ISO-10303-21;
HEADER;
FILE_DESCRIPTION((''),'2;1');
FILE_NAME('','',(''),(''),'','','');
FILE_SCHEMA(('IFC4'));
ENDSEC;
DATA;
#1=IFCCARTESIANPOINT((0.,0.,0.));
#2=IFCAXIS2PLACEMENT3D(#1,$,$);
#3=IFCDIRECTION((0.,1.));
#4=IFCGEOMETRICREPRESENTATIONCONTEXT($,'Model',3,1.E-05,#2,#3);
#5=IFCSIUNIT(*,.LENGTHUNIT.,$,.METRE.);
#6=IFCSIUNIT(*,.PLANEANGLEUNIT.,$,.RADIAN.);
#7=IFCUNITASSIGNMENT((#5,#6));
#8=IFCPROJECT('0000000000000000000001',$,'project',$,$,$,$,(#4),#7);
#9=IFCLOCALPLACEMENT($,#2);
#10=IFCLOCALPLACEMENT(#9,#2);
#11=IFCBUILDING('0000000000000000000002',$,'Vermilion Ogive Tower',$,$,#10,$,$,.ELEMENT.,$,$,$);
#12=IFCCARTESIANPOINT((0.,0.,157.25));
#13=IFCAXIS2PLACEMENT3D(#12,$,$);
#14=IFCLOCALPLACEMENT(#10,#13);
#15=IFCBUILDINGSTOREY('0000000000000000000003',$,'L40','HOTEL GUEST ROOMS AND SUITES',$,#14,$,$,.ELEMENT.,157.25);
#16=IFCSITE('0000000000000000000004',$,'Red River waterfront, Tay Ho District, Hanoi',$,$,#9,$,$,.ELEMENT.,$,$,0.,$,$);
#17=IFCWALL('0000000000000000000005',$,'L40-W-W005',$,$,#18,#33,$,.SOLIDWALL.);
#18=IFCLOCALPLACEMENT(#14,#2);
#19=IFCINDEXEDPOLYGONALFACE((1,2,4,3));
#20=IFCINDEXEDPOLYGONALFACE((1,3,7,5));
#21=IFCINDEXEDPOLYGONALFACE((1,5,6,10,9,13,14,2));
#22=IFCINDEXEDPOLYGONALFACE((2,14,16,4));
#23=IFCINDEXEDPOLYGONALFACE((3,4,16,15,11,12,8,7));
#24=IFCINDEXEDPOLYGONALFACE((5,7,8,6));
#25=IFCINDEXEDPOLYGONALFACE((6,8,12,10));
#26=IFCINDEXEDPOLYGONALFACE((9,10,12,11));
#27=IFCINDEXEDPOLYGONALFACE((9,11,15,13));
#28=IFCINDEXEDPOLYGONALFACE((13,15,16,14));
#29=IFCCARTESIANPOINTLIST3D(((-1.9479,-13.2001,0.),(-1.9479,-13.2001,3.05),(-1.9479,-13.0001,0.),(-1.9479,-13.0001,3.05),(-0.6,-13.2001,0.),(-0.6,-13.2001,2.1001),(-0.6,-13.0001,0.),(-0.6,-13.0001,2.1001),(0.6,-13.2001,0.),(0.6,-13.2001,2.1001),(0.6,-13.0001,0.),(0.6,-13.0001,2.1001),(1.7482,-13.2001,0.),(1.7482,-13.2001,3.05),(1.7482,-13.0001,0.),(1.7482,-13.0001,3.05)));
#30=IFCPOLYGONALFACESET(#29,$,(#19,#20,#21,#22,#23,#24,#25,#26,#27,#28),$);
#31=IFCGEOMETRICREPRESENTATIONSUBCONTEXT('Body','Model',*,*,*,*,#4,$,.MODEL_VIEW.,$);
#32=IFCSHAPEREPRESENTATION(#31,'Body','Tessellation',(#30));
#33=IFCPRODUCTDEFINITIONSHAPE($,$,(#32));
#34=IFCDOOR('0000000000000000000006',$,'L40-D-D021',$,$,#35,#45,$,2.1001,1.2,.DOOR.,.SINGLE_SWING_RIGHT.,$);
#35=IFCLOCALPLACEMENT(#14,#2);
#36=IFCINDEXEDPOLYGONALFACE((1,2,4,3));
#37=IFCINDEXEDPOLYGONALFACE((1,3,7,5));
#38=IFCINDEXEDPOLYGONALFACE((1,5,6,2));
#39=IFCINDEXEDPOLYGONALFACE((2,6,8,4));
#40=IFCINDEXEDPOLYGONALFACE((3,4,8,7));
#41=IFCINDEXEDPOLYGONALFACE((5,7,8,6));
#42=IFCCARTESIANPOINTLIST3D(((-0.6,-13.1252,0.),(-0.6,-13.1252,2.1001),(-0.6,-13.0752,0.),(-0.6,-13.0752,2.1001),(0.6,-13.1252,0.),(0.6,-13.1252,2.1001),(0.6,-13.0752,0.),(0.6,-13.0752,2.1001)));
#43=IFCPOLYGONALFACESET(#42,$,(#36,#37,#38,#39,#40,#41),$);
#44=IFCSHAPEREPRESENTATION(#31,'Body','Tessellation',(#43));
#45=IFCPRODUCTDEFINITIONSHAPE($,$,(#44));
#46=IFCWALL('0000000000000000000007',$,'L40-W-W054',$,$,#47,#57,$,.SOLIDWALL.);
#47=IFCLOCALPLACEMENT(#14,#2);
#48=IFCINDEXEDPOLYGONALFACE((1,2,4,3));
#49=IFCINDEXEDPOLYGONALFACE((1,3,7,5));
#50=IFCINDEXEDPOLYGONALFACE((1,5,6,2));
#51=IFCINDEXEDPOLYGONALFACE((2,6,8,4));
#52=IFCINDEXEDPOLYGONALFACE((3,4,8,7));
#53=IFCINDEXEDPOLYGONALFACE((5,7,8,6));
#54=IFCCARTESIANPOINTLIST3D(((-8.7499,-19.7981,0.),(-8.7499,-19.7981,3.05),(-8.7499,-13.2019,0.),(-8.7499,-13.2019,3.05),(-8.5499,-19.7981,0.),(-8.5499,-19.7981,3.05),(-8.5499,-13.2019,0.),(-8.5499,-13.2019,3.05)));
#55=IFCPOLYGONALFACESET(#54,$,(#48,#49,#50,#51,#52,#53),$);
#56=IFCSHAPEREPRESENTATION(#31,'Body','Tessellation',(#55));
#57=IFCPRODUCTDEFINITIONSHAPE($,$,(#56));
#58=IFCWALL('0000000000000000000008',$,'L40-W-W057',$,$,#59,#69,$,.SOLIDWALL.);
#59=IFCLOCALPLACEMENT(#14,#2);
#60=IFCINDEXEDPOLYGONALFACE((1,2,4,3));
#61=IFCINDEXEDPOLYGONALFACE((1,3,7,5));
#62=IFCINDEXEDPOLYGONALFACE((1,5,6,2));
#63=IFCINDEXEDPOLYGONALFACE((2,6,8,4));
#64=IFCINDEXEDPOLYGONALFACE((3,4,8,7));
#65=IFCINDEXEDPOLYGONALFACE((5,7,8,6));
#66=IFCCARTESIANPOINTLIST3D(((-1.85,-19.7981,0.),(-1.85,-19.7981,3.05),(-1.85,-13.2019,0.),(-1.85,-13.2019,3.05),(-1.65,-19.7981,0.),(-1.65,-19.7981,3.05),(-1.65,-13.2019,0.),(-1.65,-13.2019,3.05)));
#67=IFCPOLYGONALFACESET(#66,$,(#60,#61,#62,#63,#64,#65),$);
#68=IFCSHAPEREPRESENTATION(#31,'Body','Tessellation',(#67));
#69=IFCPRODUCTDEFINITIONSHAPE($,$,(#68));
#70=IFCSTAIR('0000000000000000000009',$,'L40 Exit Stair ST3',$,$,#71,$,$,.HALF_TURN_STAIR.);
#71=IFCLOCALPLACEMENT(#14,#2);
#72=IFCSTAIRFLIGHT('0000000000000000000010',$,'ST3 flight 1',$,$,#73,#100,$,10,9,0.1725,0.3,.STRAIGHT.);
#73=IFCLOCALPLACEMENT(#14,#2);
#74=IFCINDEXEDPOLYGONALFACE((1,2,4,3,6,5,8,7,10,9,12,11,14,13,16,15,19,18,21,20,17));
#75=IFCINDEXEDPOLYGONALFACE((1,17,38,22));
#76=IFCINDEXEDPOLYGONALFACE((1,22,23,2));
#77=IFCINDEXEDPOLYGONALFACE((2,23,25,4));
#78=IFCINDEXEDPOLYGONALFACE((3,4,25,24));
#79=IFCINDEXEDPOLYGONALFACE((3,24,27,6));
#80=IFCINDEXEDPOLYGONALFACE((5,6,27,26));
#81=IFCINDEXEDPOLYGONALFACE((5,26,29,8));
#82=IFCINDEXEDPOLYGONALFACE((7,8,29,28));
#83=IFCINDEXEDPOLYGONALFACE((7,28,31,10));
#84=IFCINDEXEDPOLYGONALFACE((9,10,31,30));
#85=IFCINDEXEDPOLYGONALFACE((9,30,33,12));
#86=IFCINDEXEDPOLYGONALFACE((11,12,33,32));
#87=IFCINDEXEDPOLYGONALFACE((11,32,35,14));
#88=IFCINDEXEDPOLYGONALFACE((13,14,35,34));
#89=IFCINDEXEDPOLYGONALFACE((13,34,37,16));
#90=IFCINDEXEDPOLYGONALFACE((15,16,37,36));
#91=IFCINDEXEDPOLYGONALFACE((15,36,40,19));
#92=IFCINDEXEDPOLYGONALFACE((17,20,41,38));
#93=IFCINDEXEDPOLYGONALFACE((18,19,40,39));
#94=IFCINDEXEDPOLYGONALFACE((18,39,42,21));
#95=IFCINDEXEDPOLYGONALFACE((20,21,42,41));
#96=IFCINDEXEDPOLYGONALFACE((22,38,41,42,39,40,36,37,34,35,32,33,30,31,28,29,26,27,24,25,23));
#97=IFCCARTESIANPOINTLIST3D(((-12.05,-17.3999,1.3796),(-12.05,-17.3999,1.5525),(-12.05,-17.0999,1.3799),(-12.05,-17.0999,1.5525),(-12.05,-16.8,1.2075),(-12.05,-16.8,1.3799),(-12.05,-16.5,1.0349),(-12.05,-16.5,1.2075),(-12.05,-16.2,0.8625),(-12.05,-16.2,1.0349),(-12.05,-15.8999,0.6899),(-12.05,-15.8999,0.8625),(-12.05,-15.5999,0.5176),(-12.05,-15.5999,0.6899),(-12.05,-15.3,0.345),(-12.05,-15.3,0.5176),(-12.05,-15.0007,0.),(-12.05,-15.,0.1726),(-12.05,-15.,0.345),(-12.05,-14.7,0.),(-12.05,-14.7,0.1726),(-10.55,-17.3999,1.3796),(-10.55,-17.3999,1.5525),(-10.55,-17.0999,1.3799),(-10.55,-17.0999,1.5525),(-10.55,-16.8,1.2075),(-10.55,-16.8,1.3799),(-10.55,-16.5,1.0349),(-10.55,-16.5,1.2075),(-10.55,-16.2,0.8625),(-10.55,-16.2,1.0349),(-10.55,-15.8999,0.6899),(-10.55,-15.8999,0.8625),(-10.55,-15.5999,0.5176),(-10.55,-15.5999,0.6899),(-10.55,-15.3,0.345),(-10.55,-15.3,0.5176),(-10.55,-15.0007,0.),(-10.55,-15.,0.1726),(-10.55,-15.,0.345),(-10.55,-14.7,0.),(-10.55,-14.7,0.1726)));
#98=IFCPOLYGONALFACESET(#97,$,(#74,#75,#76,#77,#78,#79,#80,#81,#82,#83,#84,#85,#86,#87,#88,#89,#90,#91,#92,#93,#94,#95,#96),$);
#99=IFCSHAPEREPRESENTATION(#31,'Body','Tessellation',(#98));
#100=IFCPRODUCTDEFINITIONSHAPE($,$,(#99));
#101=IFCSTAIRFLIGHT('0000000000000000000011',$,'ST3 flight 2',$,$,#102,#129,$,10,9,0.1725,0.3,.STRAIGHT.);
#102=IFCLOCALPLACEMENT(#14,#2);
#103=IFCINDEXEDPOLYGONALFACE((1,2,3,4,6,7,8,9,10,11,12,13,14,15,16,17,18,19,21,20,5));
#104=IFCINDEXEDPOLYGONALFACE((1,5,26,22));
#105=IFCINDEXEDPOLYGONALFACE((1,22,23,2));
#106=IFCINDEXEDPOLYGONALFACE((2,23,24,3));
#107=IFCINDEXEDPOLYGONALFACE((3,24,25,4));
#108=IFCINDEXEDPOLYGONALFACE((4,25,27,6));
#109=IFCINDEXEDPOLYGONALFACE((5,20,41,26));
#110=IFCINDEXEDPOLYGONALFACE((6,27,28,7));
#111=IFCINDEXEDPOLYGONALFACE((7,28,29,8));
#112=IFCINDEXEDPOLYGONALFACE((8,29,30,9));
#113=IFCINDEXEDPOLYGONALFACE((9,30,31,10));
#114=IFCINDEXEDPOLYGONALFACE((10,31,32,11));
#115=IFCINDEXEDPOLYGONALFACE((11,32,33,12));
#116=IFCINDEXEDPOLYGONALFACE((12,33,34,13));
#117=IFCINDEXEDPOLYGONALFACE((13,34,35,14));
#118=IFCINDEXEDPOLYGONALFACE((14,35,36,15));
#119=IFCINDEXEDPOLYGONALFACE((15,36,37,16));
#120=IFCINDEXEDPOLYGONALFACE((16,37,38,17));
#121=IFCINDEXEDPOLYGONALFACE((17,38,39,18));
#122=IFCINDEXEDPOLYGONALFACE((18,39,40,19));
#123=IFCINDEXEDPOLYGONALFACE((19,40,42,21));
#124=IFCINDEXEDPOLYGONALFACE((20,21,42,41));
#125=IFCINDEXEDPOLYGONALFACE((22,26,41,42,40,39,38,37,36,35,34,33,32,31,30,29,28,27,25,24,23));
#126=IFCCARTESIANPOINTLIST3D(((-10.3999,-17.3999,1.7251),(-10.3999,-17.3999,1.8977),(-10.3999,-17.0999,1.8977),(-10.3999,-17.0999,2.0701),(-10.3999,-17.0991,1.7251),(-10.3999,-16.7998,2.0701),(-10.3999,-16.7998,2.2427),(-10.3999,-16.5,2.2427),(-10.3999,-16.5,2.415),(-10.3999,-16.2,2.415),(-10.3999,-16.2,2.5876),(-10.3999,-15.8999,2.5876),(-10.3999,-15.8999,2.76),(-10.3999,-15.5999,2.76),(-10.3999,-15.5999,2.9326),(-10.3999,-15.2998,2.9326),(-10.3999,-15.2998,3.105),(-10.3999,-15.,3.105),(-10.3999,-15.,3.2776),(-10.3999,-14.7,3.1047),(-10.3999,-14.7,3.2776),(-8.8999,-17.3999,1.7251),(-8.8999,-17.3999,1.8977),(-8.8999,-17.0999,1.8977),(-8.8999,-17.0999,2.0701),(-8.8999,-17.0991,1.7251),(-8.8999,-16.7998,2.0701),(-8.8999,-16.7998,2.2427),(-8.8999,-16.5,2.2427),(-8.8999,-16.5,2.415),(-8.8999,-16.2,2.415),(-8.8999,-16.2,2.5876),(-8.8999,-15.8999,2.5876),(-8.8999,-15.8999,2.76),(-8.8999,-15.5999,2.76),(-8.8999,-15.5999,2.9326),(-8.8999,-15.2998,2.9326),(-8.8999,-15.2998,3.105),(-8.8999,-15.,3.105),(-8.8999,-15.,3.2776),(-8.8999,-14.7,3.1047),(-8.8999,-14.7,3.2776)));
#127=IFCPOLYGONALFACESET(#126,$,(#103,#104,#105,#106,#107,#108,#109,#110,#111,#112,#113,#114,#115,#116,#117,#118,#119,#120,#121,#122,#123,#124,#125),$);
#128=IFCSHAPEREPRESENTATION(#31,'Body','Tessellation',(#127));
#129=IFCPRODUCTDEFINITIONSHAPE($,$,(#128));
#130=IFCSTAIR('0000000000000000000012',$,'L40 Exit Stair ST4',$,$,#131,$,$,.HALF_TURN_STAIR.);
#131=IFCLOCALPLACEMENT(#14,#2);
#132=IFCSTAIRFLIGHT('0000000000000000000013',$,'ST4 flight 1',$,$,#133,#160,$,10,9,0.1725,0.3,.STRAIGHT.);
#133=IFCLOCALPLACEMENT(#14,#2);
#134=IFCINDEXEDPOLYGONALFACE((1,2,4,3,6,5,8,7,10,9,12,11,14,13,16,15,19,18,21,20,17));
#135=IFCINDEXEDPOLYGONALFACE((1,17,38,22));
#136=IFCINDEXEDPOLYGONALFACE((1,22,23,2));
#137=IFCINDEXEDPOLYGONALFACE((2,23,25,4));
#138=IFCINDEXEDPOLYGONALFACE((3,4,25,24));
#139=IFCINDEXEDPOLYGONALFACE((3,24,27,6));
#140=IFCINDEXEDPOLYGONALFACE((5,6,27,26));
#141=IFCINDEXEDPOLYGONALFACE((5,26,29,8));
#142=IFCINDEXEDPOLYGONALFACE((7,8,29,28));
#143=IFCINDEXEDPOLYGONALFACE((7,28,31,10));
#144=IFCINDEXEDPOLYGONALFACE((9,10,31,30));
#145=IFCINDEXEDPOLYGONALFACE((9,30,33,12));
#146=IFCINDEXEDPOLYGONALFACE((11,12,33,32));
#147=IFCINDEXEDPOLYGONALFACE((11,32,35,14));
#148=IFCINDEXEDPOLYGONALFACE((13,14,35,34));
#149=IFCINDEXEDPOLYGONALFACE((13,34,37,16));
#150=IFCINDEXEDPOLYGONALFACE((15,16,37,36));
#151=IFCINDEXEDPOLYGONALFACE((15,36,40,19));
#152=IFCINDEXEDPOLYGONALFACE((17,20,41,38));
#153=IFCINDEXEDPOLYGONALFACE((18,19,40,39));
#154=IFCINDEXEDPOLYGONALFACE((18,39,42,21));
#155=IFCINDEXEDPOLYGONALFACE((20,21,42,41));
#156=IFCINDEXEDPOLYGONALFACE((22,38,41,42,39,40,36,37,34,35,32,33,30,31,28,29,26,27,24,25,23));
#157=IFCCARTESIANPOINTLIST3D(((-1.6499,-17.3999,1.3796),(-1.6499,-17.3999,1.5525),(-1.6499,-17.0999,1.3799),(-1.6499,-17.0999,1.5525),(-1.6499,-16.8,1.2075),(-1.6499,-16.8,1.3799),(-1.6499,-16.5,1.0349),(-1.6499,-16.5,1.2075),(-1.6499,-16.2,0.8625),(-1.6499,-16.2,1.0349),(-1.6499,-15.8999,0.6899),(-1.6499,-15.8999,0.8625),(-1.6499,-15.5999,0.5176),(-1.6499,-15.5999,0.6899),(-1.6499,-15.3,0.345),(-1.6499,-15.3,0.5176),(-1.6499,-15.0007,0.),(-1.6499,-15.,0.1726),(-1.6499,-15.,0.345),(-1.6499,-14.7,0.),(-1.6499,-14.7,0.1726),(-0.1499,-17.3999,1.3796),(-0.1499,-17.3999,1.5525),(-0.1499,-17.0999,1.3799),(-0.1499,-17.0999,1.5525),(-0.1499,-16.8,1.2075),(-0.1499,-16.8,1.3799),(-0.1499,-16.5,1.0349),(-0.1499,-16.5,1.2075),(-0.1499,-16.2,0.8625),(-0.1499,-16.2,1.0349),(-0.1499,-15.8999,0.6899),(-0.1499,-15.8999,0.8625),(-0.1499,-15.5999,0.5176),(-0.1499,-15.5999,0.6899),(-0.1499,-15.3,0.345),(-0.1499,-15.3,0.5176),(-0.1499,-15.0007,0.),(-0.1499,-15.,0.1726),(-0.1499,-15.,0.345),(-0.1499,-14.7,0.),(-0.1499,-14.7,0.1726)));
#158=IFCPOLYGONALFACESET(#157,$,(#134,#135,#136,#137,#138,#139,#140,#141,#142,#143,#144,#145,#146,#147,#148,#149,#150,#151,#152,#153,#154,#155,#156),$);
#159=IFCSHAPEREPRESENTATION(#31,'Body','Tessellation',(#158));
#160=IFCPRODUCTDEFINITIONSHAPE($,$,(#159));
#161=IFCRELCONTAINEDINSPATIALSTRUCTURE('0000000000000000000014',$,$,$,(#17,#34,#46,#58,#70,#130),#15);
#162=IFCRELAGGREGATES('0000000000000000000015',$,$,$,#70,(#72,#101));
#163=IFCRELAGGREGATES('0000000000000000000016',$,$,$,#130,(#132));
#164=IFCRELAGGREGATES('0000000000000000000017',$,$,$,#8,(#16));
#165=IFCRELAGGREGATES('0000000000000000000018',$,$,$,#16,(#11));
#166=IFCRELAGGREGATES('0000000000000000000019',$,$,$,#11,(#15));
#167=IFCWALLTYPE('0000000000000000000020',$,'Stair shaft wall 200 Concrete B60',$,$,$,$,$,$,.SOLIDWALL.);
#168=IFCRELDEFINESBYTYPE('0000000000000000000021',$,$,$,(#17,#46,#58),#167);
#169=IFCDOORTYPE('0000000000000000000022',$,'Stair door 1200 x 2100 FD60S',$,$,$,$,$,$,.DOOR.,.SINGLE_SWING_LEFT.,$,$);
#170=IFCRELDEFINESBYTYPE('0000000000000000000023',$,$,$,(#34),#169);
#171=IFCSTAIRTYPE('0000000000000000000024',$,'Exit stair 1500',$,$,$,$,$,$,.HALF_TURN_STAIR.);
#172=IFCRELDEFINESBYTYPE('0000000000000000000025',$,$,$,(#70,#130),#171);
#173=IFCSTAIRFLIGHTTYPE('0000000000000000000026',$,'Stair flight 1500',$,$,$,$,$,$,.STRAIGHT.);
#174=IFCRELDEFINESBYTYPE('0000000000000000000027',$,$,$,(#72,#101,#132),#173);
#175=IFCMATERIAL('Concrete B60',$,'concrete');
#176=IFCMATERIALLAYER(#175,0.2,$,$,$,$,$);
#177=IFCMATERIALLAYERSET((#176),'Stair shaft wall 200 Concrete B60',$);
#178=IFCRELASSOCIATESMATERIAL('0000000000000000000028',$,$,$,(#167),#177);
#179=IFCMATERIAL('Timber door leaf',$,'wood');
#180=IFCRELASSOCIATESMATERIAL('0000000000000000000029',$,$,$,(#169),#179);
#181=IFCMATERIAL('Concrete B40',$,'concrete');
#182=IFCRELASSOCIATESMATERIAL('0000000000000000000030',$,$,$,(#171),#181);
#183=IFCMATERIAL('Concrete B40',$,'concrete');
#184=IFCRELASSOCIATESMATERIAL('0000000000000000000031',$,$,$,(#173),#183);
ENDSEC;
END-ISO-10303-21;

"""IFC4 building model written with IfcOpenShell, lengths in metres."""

from ifc_helpers import new_model, si_unit, direction, frame, frame_2d, origin, place, context, subcontext, project, spatial, polyline, rectangle, outline, extrude, material, layer, layer_set, type_object, element, fill, aggregate, save


model = new_model("IFC4")

# Units and contexts
model_context = context("Model", 3, precision=1e-05, world=origin(), true_north=direction((0.0, 1.0)))
body_context = subcontext(model_context, "Body", "Model", "MODEL_VIEW")
ifc_project = project(units=[si_unit("LENGTHUNIT", "METRE"), si_unit("PLANEANGLEUNIT", "RADIAN")], contexts=[model_context])

# Site, building, storey
site_placement = place(None, origin())
site = spatial("IfcSite", under=ifc_project, at=site_placement, Name="Red River waterfront, Tay Ho District, Hanoi", CompositionType="ELEMENT", RefElevation=0.0)
building_placement = place(site_placement, origin())
building = spatial("IfcBuilding", under=site, at=building_placement, Name="Vermilion Ogive Tower", CompositionType="ELEMENT")
storey_placement = place(building_placement, frame((0.0, 0.0, 157.25)))
storey = spatial("IfcBuildingStorey", under=building, at=storey_placement, Name="L40", Description="HOTEL GUEST ROOMS AND SUITES", CompositionType="ELEMENT", Elevation=157.25)

# Shared definitions
ifc_material_1 = material(Name="Concrete B60", Category="concrete")
ifc_layer_1 = layer(ifc_material_1, 0.2)
ifc_layer_set_1 = layer_set([ifc_layer_1], Name="Stair shaft wall 200 Concrete B60")
wall_type = type_object("IfcWallType", Name="Stair shaft wall 200 Concrete B60", PredefinedType="SOLIDWALL", material=ifc_layer_set_1)

# Wall, opening, door
wall_1_placement = place(storey_placement, frame((-1.948, -13.1001, 0.0), z_axis=(0.0, 0.0, 1.0), x_axis=(1.0, 0.0, 0.0)))
wall_1 = element("IfcWall", 1, at=wall_1_placement, inside=storey, type_object=wall_type, Name="L40-W-W005", PredefinedType="SOLIDWALL", context=body_context, shape_type="SweptSolid", body=[
    extrude(rectangle(XDim=3.696, YDim=0.2, at=frame_2d((1.8481, 0.0))), origin(), (0.0, 0.0, 1.0), 3.05),
])
opening_placement = place(wall_1_placement, frame((1.3479, 0.0, 0.0)))
opening = element("IfcOpeningElement", 2, at=opening_placement, cuts=wall_1, PredefinedType="OPENING", context=body_context, shape_type="SweptSolid", body=[
    extrude(rectangle(XDim=1.2, YDim=2.1001, at=frame_2d((0.6001, 1.05))), frame((0.0, 0.1099, 0.0), z_axis=(0.0, -1.0, 0.0), x_axis=(1.0, 0.0, 0.0)), (0.0, 0.0, 1.0), 0.22),
])
ifc_material_2 = material(Name="Timber door leaf", Category="wood")
door_type = type_object("IfcDoorType", Name="Stair door 1200 x 2100 FD60S", OperationType="SINGLE_SWING_LEFT", PredefinedType="DOOR", material=ifc_material_2)
door_placement = place(opening_placement, origin())
door = element("IfcDoor", 3, at=door_placement, inside=storey, type_object=door_type, Name="L40-D-D021", OperationType="SINGLE_SWING_RIGHT", OverallHeight=2.1001, OverallWidth=1.2, PredefinedType="DOOR", context=body_context, shape_type="SweptSolid", body=[
    extrude(rectangle(XDim=1.2, YDim=2.1001, at=frame_2d((0.6001, 1.05))), frame((0.0, 0.0249, 0.0), z_axis=(0.0, -1.0, 0.0), x_axis=(1.0, 0.0, 0.0)), (0.0, 0.0, 1.0), 0.05),
])
fill(opening, door)

# Walls
for number, where, z_axis, x_axis, name in (
    (4, (-8.6499, -19.7981, 0.0), (0.0, 0.0, 1.0), (0.0, 1.0, 0.0), "L40-W-W054"),
    (5, (-1.75, -19.7981, 0.0), (0.0, 0.0, 1.0), (0.0, 1.0, 0.0), "L40-W-W057"),
):
    element("IfcWall", number, at=place(storey_placement, frame(where, z_axis=z_axis, x_axis=x_axis)), inside=storey, type_object=wall_type, Name=name, PredefinedType="SOLIDWALL", context=body_context, shape_type="SweptSolid", body=[
        extrude(rectangle(XDim=6.5962, YDim=0.2, at=frame_2d((3.2981, 0.0))), origin(), (0.0, 0.0, 1.0), 3.05),
    ])

# Stair, stair flights
ifc_material_3 = material(Name="Concrete B40", Category="concrete")
stair_type = type_object("IfcStairType", Name="Exit stair 1500", PredefinedType="HALF_TURN_STAIR", material=ifc_material_3)
stair_1_placement = place(storey_placement, origin())
stair_1 = element("IfcStair", 6, at=stair_1_placement, inside=storey, type_object=stair_type, Name="L40 Exit Stair ST3", PredefinedType="HALF_TURN_STAIR")
ifc_material_4 = material(Name="Concrete B40", Category="concrete")
stair_flight_type = type_object("IfcStairFlightType", Name="Stair flight 1500", PredefinedType="STRAIGHT", material=ifc_material_4)
stair_flight_1_placement = place(storey_placement, frame((-11.3, -14.7, 0.0), z_axis=(0.0, 0.0, 1.0), x_axis=(0.0, -1.0, 0.0)))
stair_flight_1 = element("IfcStairFlight", 7, at=stair_flight_1_placement, type_object=stair_flight_type, Name="ST3 flight 1", NumberOfRisers=10, NumberOfTreads=9, PredefinedType="STRAIGHT", RiserHeight=0.1725, TreadLength=0.3, context=body_context, shape_type="SweptSolid", body=[
    extrude(outline(polyline([(0.0, 0.0), (0.0, 0.1726), (0.3, 0.1726), (0.3, 0.345), (0.6001, 0.345), (0.6001, 0.5176), (0.8999, 0.5176), (0.8999, 0.6899), (1.2, 0.6899), (1.2, 0.8625), (1.5, 0.8625), (1.5, 1.0349), (1.8, 1.0349), (1.8, 1.2075), (2.1001, 1.2075), (2.1001, 1.3799), (2.3999, 1.3799), (2.3999, 1.5525), (2.7, 1.5525), (2.7, 1.7251), (2.7, 1.3796), (0.3008, 0.0), (0.0, 0.0)])), frame((0.0, 0.75, 0.0), z_axis=(0.0, -1.0, 0.0), x_axis=(1.0, 0.0, 0.0)), (0.0, 0.0, 1.0), 1.5),
])
stair_flight_2_placement = place(storey_placement, frame((-9.6499, -17.3999, 1.7251), z_axis=(0.0, 0.0, 1.0), x_axis=(0.0, 1.0, 0.0)))
stair_flight_2 = element("IfcStairFlight", 8, at=stair_flight_2_placement, type_object=stair_flight_type, Name="ST3 flight 2", NumberOfRisers=10, NumberOfTreads=9, PredefinedType="STRAIGHT", RiserHeight=0.1725, TreadLength=0.3, context=body_context, shape_type="SweptSolid", body=[
    extrude(outline(polyline([(0.0, 0.0), (0.0, 0.1726), (0.3, 0.1726), (0.3, 0.345), (0.6001, 0.345), (0.6001, 0.5176), (0.8999, 0.5176), (0.8999, 0.6899), (1.2, 0.6899), (1.2, 0.8625), (1.5, 0.8625), (1.5, 1.0349), (1.8, 1.0349), (1.8, 1.2075), (2.1001, 1.2075), (2.1001, 1.3799), (2.3999, 1.3799), (2.3999, 1.5525), (2.7, 1.5525), (2.7, 1.7251), (2.7, 1.3796), (0.3008, 0.0), (0.0, 0.0)])), frame((0.0, 0.75, 0.0), z_axis=(0.0, -1.0, 0.0), x_axis=(1.0, 0.0, 0.0)), (0.0, 0.0, 1.0), 1.5),
])
aggregate(stair_1, [stair_flight_1, stair_flight_2])

# Stair, stair flight
stair_2_placement = place(storey_placement, origin())
stair_2 = element("IfcStair", 9, at=stair_2_placement, inside=storey, type_object=stair_type, Name="L40 Exit Stair ST4", PredefinedType="HALF_TURN_STAIR")
stair_flight_3_placement = place(storey_placement, frame((-0.8999, -14.7, 0.0), z_axis=(0.0, 0.0, 1.0), x_axis=(0.0, -1.0, 0.0)))
stair_flight_3 = element("IfcStairFlight", 10, at=stair_flight_3_placement, type_object=stair_flight_type, Name="ST4 flight 1", NumberOfRisers=10, NumberOfTreads=9, PredefinedType="STRAIGHT", RiserHeight=0.1725, TreadLength=0.3, context=body_context, shape_type="SweptSolid", body=[
    extrude(outline(polyline([(0.0, 0.0), (0.0, 0.1726), (0.3, 0.1726), (0.3, 0.345), (0.6001, 0.345), (0.6001, 0.5176), (0.8999, 0.5176), (0.8999, 0.6899), (1.2, 0.6899), (1.2, 0.8625), (1.5, 0.8625), (1.5, 1.0349), (1.8, 1.0349), (1.8, 1.2075), (2.1001, 1.2075), (2.1001, 1.3799), (2.3999, 1.3799), (2.3999, 1.5525), (2.7, 1.5525), (2.7, 1.7251), (2.7, 1.3796), (0.3008, 0.0), (0.0, 0.0)])), frame((0.0, 0.75, 0.0), z_axis=(0.0, -1.0, 0.0), x_axis=(1.0, 0.0, 0.0)), (0.0, 0.0, 1.0), 1.5),
])
aggregate(stair_2, [stair_flight_3])

save(model, "model.ifc")
